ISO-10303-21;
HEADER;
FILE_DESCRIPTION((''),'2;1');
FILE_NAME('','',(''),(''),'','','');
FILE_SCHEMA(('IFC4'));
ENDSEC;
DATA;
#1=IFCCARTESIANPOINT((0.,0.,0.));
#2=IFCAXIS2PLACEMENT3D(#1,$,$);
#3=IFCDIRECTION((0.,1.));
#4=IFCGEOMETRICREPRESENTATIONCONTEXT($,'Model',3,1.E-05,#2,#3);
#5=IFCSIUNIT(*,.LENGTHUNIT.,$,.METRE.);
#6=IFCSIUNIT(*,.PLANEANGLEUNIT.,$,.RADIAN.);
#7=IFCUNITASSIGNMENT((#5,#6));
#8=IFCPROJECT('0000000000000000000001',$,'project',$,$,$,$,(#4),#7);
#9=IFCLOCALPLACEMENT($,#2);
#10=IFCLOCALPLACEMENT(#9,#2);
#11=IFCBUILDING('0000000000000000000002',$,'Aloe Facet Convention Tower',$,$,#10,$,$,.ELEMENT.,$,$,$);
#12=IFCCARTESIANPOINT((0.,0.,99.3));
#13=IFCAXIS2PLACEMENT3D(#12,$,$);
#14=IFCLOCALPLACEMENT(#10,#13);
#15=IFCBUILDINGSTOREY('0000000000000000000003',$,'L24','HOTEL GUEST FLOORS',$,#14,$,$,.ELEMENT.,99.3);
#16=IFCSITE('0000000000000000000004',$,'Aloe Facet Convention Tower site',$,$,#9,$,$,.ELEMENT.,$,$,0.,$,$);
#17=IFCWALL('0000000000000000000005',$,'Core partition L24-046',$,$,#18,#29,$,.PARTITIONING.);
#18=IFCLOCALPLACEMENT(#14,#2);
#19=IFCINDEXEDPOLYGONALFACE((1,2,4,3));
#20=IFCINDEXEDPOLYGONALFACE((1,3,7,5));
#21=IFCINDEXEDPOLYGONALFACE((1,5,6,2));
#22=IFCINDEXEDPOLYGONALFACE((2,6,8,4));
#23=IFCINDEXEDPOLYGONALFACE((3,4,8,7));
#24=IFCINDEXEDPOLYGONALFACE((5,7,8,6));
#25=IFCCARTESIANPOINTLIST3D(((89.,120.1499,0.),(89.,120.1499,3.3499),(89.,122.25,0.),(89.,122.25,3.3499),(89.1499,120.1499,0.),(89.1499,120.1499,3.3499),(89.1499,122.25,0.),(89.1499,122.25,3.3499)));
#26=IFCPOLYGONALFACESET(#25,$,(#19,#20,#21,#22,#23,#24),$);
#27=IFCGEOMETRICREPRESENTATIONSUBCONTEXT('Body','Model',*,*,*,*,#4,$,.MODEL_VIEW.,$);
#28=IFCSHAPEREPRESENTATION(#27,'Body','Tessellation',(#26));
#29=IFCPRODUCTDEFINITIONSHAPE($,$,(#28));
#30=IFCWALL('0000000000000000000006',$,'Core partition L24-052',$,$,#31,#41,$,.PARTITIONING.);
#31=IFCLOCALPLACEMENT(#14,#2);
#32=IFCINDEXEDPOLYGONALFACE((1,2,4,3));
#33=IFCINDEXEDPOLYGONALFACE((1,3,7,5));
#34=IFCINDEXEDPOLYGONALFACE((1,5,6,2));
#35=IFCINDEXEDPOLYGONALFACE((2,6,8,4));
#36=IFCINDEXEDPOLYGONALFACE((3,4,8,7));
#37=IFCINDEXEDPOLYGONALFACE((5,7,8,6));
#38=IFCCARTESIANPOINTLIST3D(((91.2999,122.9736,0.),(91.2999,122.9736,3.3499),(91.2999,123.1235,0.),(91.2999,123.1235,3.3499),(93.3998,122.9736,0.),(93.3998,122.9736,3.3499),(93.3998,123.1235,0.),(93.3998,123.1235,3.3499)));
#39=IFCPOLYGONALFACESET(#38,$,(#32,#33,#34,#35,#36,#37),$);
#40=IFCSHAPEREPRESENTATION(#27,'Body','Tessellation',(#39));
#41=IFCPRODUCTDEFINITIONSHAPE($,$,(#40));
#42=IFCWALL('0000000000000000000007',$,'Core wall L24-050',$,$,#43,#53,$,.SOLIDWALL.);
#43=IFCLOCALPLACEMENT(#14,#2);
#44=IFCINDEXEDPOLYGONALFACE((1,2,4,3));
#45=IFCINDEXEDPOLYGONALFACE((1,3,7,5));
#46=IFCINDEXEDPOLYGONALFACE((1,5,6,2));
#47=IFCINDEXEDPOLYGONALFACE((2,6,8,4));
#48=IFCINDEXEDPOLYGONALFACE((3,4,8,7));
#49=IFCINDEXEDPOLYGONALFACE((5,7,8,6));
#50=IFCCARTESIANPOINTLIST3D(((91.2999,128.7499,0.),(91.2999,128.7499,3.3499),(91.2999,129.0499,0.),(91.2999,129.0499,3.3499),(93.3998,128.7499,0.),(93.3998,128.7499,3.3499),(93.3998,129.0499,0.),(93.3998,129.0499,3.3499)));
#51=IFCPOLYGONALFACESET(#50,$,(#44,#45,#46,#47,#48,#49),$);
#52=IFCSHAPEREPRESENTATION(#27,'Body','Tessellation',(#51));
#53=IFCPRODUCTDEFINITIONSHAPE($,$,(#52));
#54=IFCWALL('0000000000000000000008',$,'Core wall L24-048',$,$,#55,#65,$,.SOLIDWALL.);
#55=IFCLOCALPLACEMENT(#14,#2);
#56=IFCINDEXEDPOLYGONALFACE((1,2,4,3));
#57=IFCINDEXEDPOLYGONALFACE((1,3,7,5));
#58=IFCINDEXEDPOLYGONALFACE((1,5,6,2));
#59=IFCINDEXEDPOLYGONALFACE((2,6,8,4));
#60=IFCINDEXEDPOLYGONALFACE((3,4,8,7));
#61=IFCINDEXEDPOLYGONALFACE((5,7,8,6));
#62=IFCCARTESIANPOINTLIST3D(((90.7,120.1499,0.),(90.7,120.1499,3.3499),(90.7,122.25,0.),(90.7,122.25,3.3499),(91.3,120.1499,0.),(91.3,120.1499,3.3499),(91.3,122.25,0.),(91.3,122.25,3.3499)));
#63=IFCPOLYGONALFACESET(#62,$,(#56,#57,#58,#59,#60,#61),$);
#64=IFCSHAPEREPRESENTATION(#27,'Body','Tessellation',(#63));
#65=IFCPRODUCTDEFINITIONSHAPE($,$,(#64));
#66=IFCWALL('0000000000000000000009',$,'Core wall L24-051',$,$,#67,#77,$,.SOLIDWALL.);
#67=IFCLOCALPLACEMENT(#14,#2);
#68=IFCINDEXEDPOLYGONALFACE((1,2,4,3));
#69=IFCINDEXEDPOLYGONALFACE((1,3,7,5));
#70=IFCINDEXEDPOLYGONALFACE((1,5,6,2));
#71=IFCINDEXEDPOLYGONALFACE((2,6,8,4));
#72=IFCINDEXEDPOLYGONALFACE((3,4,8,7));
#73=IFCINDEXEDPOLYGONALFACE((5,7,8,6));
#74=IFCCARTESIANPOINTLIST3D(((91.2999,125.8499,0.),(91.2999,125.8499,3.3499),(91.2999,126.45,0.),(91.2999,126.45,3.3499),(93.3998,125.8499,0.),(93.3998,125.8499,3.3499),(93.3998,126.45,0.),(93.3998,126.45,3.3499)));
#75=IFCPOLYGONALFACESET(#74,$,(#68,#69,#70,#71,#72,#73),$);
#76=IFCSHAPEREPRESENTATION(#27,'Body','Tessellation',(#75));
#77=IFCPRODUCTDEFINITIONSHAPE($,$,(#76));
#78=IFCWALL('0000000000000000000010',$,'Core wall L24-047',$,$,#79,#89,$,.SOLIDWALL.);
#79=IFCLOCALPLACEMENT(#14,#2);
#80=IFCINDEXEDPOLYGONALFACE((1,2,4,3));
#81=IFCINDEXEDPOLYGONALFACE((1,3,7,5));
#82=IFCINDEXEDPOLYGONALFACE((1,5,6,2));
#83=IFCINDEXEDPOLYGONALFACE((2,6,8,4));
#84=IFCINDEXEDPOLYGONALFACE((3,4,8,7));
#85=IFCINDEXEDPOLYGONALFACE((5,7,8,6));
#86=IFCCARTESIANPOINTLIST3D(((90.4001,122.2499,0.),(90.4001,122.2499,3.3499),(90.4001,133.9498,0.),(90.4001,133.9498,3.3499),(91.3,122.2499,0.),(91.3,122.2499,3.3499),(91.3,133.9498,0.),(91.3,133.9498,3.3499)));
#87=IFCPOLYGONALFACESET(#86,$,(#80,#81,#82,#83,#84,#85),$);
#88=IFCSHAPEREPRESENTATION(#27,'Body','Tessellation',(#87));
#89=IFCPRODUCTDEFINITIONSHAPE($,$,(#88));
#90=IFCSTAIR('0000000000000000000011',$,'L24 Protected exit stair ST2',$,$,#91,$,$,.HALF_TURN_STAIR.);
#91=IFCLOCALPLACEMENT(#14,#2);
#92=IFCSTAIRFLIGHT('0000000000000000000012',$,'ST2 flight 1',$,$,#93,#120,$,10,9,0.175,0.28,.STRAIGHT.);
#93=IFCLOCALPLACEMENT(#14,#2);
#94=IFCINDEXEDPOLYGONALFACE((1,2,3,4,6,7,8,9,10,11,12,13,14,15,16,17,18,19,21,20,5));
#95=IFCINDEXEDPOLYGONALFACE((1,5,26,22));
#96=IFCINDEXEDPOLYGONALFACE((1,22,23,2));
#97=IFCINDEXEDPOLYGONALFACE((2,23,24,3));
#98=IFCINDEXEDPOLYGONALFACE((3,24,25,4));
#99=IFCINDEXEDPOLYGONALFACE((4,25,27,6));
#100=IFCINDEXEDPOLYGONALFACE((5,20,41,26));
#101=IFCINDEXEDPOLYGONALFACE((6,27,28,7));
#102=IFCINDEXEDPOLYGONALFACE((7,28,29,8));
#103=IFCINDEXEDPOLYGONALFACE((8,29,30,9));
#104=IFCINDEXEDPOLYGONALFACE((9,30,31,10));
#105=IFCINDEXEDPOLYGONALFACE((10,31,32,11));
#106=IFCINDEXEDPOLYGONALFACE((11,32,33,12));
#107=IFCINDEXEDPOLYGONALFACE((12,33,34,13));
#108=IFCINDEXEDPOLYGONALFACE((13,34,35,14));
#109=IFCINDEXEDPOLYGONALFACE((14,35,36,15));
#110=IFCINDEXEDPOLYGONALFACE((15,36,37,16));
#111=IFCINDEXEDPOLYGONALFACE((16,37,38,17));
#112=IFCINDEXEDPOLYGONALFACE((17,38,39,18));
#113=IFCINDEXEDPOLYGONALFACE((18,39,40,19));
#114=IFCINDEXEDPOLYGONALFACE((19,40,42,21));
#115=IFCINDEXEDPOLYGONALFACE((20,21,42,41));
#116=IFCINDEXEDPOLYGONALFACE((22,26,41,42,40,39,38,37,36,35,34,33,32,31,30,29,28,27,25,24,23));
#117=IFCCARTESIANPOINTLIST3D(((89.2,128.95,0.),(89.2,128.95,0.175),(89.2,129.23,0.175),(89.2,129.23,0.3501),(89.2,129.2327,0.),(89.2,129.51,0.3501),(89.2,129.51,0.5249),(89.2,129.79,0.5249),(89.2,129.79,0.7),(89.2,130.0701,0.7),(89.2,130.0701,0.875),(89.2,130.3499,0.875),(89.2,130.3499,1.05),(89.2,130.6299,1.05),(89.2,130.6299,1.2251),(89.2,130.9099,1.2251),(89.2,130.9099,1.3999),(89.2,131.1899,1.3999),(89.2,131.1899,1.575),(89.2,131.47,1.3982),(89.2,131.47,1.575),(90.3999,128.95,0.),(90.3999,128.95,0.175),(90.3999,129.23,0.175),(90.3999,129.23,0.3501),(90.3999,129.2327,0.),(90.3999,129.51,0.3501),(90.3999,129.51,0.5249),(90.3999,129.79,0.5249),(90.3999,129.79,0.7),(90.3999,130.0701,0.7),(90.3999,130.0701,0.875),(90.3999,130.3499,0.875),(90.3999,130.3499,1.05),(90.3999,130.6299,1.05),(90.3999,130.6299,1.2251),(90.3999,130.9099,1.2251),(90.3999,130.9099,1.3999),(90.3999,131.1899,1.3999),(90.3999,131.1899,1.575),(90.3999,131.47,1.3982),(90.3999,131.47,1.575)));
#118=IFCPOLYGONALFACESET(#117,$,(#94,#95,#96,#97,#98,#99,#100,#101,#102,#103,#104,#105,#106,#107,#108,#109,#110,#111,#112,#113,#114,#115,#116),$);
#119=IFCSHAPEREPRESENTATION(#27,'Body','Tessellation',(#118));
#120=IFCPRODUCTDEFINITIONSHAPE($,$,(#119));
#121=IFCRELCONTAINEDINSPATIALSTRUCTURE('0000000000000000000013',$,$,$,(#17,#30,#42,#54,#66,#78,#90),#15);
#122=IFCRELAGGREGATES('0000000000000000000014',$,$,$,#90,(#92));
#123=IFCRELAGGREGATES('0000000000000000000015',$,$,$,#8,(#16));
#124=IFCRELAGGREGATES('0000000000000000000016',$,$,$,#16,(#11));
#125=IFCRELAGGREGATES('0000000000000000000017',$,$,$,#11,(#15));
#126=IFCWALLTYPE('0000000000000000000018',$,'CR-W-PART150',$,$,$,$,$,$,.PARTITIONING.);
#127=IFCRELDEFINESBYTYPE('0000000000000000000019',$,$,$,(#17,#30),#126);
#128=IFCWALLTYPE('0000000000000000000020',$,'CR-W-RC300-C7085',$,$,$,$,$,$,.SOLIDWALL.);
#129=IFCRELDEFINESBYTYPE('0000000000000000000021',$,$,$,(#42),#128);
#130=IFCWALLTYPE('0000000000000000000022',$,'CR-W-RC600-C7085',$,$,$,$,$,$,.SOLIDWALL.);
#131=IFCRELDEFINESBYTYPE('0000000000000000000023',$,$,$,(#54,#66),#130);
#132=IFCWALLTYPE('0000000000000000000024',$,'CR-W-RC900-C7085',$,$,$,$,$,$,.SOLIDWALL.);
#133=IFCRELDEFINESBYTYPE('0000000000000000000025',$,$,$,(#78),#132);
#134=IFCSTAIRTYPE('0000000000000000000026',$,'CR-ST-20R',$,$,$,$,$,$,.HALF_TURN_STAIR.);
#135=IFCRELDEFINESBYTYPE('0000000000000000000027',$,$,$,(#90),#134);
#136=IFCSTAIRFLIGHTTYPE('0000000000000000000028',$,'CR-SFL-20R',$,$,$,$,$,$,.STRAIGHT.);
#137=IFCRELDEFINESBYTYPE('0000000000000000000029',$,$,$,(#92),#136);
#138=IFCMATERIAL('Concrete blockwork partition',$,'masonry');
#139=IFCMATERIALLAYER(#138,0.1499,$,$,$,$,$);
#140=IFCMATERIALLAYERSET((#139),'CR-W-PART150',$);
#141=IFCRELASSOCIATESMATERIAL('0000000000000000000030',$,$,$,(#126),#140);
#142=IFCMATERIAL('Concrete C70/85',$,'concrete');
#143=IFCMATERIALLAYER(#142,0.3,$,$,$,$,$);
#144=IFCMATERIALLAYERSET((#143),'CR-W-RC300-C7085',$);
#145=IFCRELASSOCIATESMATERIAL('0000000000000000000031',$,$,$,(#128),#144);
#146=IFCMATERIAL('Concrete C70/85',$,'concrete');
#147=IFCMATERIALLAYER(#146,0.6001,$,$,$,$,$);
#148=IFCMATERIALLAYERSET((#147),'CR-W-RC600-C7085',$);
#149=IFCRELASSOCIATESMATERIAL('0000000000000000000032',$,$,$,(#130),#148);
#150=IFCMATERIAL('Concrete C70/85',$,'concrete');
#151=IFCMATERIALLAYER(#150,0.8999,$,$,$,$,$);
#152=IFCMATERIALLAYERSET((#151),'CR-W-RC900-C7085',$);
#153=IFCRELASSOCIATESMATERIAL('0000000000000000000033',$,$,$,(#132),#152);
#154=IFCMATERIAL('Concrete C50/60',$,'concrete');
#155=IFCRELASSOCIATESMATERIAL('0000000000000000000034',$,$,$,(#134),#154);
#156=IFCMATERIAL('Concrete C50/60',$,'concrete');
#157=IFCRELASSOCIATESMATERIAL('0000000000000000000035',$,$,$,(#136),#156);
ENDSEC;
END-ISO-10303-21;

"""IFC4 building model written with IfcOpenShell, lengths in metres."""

from ifc_helpers import new_model, si_unit, direction, frame, frame_2d, origin, place, context, subcontext, project, spatial, polyline, rectangle, outline, extrude, material, layer, layer_set, type_object, element, aggregate, save


model = new_model("IFC4")

# Units and contexts
model_context = context("Model", 3, precision=1e-05, world=origin(), true_north=direction((0.0, 1.0)))
body_context = subcontext(model_context, "Body", "Model", "MODEL_VIEW")
ifc_project = project(units=[si_unit("LENGTHUNIT", "METRE"), si_unit("PLANEANGLEUNIT", "RADIAN")], contexts=[model_context])

# Site, building, storey
site_placement = place(None, origin())
site = spatial("IfcSite", under=ifc_project, at=site_placement, Name="Aloe Facet Convention Tower site", CompositionType="ELEMENT", RefElevation=0.0)
building_placement = place(site_placement, origin())
building = spatial("IfcBuilding", under=site, at=building_placement, Name="Aloe Facet Convention Tower", CompositionType="ELEMENT")
storey_placement = place(building_placement, frame((0.0, 0.0, 99.3)))
storey = spatial("IfcBuildingStorey", under=building, at=storey_placement, Name="L24", Description="HOTEL GUEST FLOORS", CompositionType="ELEMENT", Elevation=99.3)

# Walls
ifc_material_1 = material(Name="Concrete blockwork partition", Category="masonry")
ifc_layer_1 = layer(ifc_material_1, 0.1499)
ifc_layer_set_1 = layer_set([ifc_layer_1], Name="CR-W-PART150")
wall_type_1 = type_object("IfcWallType", Name="CR-W-PART150", PredefinedType="PARTITIONING", material=ifc_layer_set_1)
wall_1_placement = place(storey_placement, frame((89.075, 122.25, 0.0), z_axis=(0.0, 0.0, 1.0), x_axis=(0.0, -1.0, 0.0)))
element("IfcWall", 1, at=wall_1_placement, inside=storey, type_object=wall_type_1, Name="Core partition L24-046", PredefinedType="PARTITIONING", context=body_context, shape_type="SweptSolid", body=[
    extrude(rectangle(XDim=2.1001, YDim=0.1499, at=frame_2d((1.05, 0.0))), origin(), (0.0, 0.0, 1.0), 3.3499),
])
wall_2_placement = place(storey_placement, frame((91.3, 123.0486, 0.0), z_axis=(0.0, 0.0, 1.0), x_axis=(1.0, 0.0, 0.0)))
element("IfcWall", 2, at=wall_2_placement, inside=storey, type_object=wall_type_1, Name="Core partition L24-052", PredefinedType="PARTITIONING", context=body_context, shape_type="SweptSolid", body=[
    extrude(rectangle(XDim=2.0999, YDim=0.1499, at=frame_2d((1.0498, 0.0))), origin(), (0.0, 0.0, 1.0), 3.3499),
])
ifc_material_2 = material(Name="Concrete C70/85", Category="concrete")
ifc_layer_2 = layer(ifc_material_2, 0.3)
ifc_layer_set_2 = layer_set([ifc_layer_2], Name="CR-W-RC300-C7085")
wall_type_2 = type_object("IfcWallType", Name="CR-W-RC300-C7085", PredefinedType="SOLIDWALL", material=ifc_layer_set_2)
wall_3_placement = place(storey_placement, frame((91.3, 128.8999, 0.0), z_axis=(0.0, 0.0, 1.0), x_axis=(1.0, 0.0, 0.0)))
element("IfcWall", 3, at=wall_3_placement, inside=storey, type_object=wall_type_2, Name="Core wall L24-050", PredefinedType="SOLIDWALL", context=body_context, shape_type="SweptSolid", body=[
    extrude(rectangle(XDim=2.0999, YDim=0.3, at=frame_2d((1.0498, 0.0))), origin(), (0.0, 0.0, 1.0), 3.3499),
])
ifc_material_3 = material(Name="Concrete C70/85", Category="concrete")
ifc_layer_3 = layer(ifc_material_3, 0.6001)
ifc_layer_set_3 = layer_set([ifc_layer_3], Name="CR-W-RC600-C7085")
wall_type_3 = type_object("IfcWallType", Name="CR-W-RC600-C7085", PredefinedType="SOLIDWALL", material=ifc_layer_set_3)
wall_4_placement = place(storey_placement, frame((91.0, 122.25, 0.0), z_axis=(0.0, 0.0, 1.0), x_axis=(0.0, -1.0, 0.0)))
element("IfcWall", 4, at=wall_4_placement, inside=storey, type_object=wall_type_3, Name="Core wall L24-048", PredefinedType="SOLIDWALL", context=body_context, shape_type="SweptSolid", body=[
    extrude(rectangle(XDim=2.1001, YDim=0.6001, at=frame_2d((1.05, 0.0))), origin(), (0.0, 0.0, 1.0), 3.3499),
])
wall_5_placement = place(storey_placement, frame((91.3, 126.1499, 0.0), z_axis=(0.0, 0.0, 1.0), x_axis=(1.0, 0.0, 0.0)))
element("IfcWall", 5, at=wall_5_placement, inside=storey, type_object=wall_type_3, Name="Core wall L24-051", PredefinedType="SOLIDWALL", context=body_context, shape_type="SweptSolid", body=[
    extrude(rectangle(XDim=2.0999, YDim=0.6001, at=frame_2d((1.0498, 0.0))), origin(), (0.0, 0.0, 1.0), 3.3499),
])
ifc_material_4 = material(Name="Concrete C70/85", Category="concrete")
ifc_layer_4 = layer(ifc_material_4, 0.8999)
ifc_layer_set_4 = layer_set([ifc_layer_4], Name="CR-W-RC900-C7085")
wall_type_4 = type_object("IfcWallType", Name="CR-W-RC900-C7085", PredefinedType="SOLIDWALL", material=ifc_layer_set_4)
wall_6_placement = place(storey_placement, frame((90.8501, 133.95, 0.0), z_axis=(0.0, 0.0, 1.0), x_axis=(0.0, -1.0, 0.0)))
element("IfcWall", 6, at=wall_6_placement, inside=storey, type_object=wall_type_4, Name="Core wall L24-047", PredefinedType="SOLIDWALL", context=body_context, shape_type="SweptSolid", body=[
    extrude(rectangle(XDim=11.7, YDim=0.8999, at=frame_2d((5.8501, 0.0))), origin(), (0.0, 0.0, 1.0), 3.3499),
])

# Stair, stair flight
ifc_material_5 = material(Name="Concrete C50/60", Category="concrete")
stair_type = type_object("IfcStairType", Name="CR-ST-20R", PredefinedType="HALF_TURN_STAIR", material=ifc_material_5)
stair_placement = place(storey_placement, origin())
stair = element("IfcStair", 7, at=stair_placement, inside=storey, type_object=stair_type, Name="L24 Protected exit stair ST2", PredefinedType="HALF_TURN_STAIR")
ifc_material_6 = material(Name="Concrete C50/60", Category="concrete")
stair_flight_type = type_object("IfcStairFlightType", Name="CR-SFL-20R", PredefinedType="STRAIGHT", material=ifc_material_6)
stair_flight_placement = place(storey_placement, frame((89.8, 128.95, 0.0), z_axis=(0.0, 0.0, 1.0), x_axis=(0.0, 1.0, 0.0)))
stair_flight = element("IfcStairFlight", 8, at=stair_flight_placement, type_object=stair_flight_type, Name="ST2 flight 1", NumberOfRisers=10, NumberOfTreads=9, PredefinedType="STRAIGHT", RiserHeight=0.175, TreadLength=0.28, context=body_context, shape_type="SweptSolid", body=[
    extrude(outline(polyline([(0.0, 0.0), (0.0, 0.175), (0.28, 0.175), (0.28, 0.3501), (0.5601, 0.3501), (0.5601, 0.5249), (0.8401, 0.5249), (0.8401, 0.7), (1.1201, 0.7), (1.1201, 0.875), (1.3999, 0.875), (1.3999, 1.05), (1.6799, 1.05), (1.6799, 1.2251), (1.96, 1.2251), (1.96, 1.3999), (2.24, 1.3999), (2.24, 1.575), (2.52, 1.575), (2.52, 1.75), (2.52, 1.3982), (0.2827, 0.0), (0.0, 0.0)])), frame((0.0, 0.6001, 0.0), z_axis=(0.0, -1.0, 0.0), x_axis=(1.0, 0.0, 0.0)), (0.0, 0.0, 1.0), 1.2),
])
aggregate(stair, [stair_flight])

save(model, "model.ifc")
